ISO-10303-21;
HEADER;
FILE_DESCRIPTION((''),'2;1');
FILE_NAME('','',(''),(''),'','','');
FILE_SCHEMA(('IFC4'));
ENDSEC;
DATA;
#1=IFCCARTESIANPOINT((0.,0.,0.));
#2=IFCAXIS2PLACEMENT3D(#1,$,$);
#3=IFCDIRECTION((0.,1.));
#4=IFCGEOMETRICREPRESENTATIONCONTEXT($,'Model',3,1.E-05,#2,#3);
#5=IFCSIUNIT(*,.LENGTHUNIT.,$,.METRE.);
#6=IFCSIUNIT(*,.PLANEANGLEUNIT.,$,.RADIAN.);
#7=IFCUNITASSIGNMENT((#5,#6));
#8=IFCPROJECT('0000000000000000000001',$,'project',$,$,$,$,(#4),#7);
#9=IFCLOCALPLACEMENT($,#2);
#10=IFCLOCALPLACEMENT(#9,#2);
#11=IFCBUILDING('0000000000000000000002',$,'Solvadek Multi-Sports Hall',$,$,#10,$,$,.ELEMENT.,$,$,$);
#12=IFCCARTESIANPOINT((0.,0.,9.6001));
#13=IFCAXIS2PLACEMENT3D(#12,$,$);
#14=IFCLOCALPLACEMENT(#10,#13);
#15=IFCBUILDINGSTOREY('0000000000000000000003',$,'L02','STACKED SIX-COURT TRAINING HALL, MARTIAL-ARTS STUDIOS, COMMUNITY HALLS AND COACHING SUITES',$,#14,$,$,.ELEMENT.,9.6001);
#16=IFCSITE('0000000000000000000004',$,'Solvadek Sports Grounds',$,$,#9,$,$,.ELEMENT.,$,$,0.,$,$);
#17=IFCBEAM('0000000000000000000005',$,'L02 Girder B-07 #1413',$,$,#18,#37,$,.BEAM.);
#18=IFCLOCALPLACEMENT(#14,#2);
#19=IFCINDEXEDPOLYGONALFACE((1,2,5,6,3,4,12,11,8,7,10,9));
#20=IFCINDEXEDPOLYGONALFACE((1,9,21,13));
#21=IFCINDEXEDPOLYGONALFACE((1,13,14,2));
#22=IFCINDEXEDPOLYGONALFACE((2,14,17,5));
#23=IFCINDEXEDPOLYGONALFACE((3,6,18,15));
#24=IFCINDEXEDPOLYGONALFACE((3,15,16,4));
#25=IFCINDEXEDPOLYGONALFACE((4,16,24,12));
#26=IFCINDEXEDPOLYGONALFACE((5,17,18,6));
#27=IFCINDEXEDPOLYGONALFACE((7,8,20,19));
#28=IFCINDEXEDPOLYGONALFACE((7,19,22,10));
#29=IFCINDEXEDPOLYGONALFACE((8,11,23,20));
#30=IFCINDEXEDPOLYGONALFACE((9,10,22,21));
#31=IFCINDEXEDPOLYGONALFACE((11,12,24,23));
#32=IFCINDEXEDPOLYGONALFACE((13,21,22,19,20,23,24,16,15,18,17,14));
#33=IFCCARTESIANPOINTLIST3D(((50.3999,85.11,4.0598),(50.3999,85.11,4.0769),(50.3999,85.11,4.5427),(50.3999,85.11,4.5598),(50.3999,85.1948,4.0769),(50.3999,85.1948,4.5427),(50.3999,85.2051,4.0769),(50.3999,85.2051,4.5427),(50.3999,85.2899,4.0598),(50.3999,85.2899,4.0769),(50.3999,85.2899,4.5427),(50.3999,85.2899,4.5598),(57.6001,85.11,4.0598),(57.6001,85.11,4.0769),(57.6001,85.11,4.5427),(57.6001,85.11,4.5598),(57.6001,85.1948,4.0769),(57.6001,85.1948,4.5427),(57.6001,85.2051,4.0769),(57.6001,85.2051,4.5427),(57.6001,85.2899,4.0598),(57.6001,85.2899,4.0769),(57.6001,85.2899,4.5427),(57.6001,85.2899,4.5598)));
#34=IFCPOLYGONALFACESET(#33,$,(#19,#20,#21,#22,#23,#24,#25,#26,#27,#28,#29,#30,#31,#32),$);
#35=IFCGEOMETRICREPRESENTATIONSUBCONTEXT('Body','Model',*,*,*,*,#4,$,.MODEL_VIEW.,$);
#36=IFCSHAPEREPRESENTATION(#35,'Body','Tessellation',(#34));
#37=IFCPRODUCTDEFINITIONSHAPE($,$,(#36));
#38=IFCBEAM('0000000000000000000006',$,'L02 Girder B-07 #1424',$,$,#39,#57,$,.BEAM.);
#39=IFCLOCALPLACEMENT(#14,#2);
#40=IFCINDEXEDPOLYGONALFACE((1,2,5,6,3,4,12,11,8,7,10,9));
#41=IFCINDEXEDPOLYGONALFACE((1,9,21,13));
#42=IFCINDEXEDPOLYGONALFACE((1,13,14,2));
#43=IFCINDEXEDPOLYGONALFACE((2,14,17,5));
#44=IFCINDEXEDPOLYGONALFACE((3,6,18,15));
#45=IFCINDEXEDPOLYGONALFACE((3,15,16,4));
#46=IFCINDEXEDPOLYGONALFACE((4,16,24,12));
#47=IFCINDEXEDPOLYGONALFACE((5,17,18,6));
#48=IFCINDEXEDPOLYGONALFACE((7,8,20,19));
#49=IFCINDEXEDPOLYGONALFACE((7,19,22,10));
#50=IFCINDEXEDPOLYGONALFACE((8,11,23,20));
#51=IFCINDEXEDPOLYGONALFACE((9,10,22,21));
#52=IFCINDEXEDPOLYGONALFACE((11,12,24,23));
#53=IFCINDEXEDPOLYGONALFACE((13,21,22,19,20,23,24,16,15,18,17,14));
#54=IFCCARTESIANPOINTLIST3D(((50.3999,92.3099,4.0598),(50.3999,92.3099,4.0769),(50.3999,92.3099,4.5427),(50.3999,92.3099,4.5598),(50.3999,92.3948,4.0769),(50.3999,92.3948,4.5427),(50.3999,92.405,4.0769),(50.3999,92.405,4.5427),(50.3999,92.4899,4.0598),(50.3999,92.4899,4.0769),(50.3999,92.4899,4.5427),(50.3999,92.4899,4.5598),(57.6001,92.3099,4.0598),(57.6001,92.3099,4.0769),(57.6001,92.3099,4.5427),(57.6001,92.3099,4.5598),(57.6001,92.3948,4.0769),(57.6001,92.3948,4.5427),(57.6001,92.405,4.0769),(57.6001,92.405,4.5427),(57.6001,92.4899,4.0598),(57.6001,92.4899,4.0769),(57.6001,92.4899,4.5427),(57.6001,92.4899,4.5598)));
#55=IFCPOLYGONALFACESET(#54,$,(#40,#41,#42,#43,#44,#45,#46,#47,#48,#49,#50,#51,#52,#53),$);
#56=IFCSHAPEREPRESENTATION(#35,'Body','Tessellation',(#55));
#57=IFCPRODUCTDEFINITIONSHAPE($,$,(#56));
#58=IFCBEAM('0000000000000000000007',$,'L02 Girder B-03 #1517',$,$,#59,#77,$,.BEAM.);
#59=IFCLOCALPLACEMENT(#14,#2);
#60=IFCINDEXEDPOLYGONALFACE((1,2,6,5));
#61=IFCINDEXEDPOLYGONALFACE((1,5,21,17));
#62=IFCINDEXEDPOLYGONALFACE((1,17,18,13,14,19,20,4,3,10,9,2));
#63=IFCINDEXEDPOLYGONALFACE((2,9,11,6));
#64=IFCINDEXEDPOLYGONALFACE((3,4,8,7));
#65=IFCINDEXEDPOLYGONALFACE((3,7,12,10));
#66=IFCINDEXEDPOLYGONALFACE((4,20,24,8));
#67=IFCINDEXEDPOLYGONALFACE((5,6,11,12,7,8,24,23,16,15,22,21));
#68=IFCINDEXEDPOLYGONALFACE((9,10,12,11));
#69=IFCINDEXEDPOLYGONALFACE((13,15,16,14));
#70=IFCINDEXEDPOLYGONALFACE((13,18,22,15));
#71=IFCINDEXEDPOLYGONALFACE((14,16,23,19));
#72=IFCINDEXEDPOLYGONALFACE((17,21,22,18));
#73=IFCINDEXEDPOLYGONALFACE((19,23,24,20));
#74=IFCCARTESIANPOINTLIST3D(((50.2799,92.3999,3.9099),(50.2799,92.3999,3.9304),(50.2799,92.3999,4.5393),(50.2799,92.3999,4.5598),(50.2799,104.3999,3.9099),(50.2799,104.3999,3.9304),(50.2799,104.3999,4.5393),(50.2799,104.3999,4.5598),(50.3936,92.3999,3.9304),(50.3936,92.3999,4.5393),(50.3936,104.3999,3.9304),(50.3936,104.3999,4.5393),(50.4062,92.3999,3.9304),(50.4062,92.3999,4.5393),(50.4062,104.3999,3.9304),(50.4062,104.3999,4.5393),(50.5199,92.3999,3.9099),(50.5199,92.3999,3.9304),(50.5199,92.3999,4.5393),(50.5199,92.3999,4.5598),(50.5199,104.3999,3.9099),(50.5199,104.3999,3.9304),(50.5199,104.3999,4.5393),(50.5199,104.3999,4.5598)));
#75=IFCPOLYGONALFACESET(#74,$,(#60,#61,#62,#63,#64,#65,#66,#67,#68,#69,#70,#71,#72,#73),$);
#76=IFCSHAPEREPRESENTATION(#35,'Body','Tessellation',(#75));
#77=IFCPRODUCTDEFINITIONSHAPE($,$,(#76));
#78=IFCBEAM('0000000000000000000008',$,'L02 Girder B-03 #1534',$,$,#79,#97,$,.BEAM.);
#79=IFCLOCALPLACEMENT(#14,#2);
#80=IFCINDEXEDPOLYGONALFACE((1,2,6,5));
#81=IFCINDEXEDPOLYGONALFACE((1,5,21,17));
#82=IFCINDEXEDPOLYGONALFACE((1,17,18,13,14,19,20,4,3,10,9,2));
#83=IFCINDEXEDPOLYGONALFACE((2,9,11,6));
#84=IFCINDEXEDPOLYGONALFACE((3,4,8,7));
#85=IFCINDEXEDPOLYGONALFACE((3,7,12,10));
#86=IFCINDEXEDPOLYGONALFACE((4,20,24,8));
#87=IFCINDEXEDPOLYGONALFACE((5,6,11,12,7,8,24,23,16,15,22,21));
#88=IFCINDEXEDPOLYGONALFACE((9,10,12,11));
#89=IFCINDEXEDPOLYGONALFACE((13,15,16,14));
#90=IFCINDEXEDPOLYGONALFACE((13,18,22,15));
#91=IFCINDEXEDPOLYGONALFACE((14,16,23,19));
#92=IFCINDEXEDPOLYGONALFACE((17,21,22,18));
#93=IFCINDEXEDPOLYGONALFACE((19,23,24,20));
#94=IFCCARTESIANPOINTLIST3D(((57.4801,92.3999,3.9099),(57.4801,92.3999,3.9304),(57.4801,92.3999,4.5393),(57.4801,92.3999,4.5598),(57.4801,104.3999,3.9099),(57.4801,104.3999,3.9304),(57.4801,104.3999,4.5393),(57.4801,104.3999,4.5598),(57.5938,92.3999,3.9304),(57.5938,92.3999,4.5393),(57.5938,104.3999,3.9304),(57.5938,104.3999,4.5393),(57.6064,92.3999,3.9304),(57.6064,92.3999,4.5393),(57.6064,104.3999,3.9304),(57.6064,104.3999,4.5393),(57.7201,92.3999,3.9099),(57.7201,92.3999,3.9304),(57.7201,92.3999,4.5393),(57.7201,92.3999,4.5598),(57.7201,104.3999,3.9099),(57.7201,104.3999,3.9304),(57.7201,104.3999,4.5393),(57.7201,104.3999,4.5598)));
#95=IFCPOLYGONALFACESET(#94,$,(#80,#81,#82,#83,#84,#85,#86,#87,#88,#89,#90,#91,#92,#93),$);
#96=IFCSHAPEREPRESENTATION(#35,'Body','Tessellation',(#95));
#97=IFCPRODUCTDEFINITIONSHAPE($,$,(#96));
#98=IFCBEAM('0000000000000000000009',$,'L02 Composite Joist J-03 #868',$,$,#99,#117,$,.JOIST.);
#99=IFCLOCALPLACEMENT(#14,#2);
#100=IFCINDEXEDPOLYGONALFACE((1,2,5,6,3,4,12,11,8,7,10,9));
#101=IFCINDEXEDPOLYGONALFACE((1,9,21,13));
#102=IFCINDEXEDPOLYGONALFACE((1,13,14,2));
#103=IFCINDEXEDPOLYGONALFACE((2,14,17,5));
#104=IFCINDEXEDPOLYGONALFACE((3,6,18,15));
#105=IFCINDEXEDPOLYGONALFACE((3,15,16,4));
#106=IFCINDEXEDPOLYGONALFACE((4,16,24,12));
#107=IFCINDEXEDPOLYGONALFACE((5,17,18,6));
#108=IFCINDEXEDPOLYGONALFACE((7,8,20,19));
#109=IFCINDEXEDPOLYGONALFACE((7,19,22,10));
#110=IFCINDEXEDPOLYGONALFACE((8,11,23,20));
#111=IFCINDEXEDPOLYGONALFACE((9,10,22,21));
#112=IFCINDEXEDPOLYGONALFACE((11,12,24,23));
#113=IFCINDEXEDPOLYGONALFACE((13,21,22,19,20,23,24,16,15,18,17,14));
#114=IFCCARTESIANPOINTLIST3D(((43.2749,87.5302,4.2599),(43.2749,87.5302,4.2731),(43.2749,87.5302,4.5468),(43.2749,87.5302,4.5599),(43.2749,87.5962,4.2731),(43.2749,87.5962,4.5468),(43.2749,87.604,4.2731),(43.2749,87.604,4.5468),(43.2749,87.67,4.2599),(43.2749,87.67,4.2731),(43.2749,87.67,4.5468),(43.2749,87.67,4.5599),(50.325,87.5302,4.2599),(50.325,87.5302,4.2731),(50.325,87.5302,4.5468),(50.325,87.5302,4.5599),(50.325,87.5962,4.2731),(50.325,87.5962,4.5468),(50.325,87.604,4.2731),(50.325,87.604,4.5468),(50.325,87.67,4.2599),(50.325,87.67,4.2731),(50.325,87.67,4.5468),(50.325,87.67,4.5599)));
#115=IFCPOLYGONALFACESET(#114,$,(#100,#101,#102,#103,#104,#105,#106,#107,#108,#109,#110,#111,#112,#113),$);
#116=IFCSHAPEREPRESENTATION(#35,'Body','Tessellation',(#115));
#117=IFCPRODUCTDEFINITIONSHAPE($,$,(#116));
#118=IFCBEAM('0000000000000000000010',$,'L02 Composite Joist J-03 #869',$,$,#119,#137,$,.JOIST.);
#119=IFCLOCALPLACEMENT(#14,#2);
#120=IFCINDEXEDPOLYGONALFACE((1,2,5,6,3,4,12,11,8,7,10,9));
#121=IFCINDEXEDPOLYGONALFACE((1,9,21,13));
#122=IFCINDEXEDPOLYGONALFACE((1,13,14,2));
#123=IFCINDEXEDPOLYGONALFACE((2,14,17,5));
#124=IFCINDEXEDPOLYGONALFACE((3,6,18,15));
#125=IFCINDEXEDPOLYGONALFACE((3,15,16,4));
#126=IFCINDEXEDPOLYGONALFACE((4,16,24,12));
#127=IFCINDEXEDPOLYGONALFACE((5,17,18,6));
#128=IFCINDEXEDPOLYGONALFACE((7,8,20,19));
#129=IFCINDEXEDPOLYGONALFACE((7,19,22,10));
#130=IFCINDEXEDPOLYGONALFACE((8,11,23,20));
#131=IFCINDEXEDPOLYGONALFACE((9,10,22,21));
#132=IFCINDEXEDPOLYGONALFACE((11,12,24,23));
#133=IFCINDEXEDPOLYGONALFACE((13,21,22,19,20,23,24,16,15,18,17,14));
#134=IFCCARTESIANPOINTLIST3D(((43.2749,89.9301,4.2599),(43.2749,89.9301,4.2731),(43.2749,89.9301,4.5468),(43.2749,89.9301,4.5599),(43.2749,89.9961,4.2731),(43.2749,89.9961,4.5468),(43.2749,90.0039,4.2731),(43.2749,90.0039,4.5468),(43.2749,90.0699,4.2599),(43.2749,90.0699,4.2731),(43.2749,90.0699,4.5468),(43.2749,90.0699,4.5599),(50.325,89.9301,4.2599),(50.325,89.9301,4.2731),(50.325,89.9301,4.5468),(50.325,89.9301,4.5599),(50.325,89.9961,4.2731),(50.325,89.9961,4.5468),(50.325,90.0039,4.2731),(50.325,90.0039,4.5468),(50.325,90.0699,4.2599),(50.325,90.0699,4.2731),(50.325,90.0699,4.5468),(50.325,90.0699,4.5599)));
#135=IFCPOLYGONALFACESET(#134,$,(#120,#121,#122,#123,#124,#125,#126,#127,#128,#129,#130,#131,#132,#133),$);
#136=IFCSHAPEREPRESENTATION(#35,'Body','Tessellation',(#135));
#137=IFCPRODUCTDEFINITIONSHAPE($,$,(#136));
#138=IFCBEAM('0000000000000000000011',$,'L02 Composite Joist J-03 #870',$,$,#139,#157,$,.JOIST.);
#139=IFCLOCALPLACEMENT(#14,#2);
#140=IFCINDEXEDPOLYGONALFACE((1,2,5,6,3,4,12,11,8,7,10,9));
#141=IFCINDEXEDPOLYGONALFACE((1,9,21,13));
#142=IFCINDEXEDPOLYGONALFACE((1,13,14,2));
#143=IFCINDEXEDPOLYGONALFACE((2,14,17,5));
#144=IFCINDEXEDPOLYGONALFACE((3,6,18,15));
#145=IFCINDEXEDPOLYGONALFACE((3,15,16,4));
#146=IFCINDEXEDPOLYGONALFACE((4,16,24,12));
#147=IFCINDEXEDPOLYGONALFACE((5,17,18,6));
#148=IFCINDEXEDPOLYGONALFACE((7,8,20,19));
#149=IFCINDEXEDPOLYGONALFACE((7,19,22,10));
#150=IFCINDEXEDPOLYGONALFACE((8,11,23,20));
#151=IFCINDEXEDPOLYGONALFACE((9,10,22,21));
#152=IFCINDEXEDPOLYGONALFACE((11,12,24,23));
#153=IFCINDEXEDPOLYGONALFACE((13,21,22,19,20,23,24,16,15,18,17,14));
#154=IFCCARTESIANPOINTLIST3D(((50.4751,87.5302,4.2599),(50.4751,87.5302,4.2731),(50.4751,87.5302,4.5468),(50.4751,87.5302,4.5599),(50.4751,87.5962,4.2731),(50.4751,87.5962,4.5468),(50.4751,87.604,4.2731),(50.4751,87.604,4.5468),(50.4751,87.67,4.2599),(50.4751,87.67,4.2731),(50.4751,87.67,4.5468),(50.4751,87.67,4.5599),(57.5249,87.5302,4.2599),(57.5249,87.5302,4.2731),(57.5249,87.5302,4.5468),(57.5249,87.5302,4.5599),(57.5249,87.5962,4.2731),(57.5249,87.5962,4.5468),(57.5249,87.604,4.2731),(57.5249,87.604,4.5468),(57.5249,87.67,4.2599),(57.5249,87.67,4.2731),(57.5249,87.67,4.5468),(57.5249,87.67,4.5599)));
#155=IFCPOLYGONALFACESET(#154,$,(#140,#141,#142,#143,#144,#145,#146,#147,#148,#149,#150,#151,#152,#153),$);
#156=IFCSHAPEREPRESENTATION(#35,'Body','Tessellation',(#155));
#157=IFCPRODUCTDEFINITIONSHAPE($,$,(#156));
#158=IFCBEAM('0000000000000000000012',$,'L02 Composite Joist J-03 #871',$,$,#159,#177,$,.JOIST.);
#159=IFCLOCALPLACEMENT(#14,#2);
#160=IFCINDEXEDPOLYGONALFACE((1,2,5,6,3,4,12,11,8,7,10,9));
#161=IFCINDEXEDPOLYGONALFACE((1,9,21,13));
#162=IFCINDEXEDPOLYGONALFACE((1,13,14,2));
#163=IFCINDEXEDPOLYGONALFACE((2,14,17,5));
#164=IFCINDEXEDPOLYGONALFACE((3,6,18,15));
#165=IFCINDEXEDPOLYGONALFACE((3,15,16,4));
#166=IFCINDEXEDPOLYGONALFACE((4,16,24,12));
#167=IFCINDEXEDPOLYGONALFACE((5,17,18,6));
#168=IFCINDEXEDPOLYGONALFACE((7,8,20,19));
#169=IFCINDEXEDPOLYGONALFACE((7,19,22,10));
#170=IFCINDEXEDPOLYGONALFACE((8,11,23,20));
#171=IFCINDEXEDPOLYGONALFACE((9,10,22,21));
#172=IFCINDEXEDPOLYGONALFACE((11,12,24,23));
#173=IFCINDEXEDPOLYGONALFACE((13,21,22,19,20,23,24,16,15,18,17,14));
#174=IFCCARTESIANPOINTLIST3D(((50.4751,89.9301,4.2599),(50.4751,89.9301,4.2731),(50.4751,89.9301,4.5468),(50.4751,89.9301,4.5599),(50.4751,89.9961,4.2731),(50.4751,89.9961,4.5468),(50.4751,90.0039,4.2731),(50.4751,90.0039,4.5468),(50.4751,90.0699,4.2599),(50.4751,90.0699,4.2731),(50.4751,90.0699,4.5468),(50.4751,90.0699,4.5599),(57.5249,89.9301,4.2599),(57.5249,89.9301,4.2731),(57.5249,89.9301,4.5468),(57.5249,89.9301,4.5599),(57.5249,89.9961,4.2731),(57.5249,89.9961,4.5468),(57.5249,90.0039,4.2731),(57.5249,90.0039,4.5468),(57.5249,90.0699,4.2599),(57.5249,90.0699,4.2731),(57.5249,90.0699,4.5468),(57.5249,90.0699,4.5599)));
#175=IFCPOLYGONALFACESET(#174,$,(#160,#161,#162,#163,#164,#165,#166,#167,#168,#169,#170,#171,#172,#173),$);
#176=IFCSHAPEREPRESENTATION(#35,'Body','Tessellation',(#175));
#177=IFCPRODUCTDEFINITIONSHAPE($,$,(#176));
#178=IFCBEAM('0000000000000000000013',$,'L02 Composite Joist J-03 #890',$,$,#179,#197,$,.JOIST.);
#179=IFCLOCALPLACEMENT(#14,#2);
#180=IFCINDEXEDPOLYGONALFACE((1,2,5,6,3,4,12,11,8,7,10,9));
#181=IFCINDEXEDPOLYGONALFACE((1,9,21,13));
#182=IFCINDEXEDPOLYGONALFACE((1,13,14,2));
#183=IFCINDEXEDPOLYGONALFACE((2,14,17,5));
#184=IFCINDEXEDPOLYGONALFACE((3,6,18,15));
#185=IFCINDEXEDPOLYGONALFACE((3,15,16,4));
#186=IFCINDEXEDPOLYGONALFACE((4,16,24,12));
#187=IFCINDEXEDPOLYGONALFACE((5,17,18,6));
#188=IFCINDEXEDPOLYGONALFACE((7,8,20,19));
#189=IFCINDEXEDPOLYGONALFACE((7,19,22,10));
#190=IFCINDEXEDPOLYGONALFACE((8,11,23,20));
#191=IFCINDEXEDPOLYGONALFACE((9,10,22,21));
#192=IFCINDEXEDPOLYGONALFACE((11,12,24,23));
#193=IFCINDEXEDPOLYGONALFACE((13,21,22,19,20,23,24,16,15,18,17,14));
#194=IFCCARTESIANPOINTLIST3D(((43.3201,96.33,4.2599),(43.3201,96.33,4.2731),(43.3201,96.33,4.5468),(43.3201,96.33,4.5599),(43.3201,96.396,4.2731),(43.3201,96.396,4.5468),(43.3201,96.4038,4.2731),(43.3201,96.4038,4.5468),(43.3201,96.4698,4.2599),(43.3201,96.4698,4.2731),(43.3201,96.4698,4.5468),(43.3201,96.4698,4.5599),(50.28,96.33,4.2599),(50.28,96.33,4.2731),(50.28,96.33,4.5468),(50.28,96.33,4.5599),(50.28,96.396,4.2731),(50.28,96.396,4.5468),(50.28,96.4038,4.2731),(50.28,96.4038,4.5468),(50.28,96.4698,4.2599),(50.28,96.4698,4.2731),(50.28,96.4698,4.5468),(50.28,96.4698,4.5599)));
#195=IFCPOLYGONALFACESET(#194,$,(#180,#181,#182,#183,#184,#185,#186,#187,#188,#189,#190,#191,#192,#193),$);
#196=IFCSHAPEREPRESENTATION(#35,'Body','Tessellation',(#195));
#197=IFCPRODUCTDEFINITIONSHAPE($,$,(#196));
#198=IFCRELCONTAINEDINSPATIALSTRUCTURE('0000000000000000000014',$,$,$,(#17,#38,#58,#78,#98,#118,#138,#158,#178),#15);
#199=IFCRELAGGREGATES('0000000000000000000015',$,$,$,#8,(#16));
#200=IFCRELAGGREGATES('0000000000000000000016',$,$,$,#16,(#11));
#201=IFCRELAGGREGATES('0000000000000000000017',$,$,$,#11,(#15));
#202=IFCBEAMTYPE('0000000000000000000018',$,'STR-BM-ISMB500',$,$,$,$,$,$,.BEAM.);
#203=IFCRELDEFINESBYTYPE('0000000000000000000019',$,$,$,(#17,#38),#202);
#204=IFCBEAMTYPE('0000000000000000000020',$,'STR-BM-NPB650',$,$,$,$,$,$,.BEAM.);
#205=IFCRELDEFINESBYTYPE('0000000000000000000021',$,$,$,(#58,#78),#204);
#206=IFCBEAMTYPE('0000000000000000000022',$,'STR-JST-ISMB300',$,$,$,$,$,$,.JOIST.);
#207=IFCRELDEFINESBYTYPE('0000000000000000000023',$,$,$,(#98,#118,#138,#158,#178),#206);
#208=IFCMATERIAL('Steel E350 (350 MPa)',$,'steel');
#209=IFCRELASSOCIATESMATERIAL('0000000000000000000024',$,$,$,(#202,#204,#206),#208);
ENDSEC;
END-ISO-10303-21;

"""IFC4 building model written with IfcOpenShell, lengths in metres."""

from ifc_helpers import new_model, si_unit, direction, frame, origin, origin_2d, place, context, subcontext, project, spatial, i_section, extrude, material, material_profile, profile_set, type_object, element, save


model = new_model("IFC4")

# Units and contexts
model_context = context("Model", 3, precision=1e-05, world=origin(), true_north=direction((0.0, 1.0)))
body_context = subcontext(model_context, "Body", "Model", "MODEL_VIEW")
ifc_project = project(units=[si_unit("LENGTHUNIT", "METRE"), si_unit("PLANEANGLEUNIT", "RADIAN")], contexts=[model_context])

# Site, building, storey
site_placement = place(None, origin())
site = spatial("IfcSite", under=ifc_project, at=site_placement, Name="Solvadek Sports Grounds", CompositionType="ELEMENT", RefElevation=0.0)
building_placement = place(site_placement, origin())
building = spatial("IfcBuilding", under=site, at=building_placement, Name="Solvadek Multi-Sports Hall", CompositionType="ELEMENT")
storey_placement = place(building_placement, frame((0.0, 0.0, 9.6001)))
storey = spatial("IfcBuildingStorey", under=building, at=storey_placement, Name="L02", Description="STACKED SIX-COURT TRAINING HALL, MARTIAL-ARTS STUDIOS, COMMUNITY HALLS AND COACHING SUITES", CompositionType="ELEMENT", Elevation=9.6001)

# Shared definitions
ifc_material_1 = material(Name="Steel E350 (350 MPa)", Category="steel")

# Beams
ifc_material_profile_1 = material_profile(ifc_material_1, i_section(OverallWidth=0.1799, OverallDepth=0.5, WebThickness=0.0103, FlangeThickness=0.0171, at=origin_2d()), Name="ISMB 500")
ifc_profile_set_1 = profile_set([ifc_material_profile_1], Name="Steel E350 (350 MPa)")
beam_type_1 = type_object("IfcBeamType", Name="STR-BM-ISMB500", PredefinedType="BEAM", material=ifc_profile_set_1)
for number, where, z_axis, x_axis, name in (
    (1, (50.3999, 85.2, 4.3098), (1.0, 0.0, 0.0), (0.0, 1.0, 0.0), "L02 Girder B-07 #1413"),
    (2, (50.3999, 92.3999, 4.3098), (1.0, 0.0, 0.0), (0.0, 1.0, 0.0), "L02 Girder B-07 #1424"),
):
    element("IfcBeam", number, at=place(storey_placement, frame(where, z_axis=z_axis, x_axis=x_axis)), inside=storey, type_object=beam_type_1, Name=name, PredefinedType="BEAM", context=body_context, shape_type="SweptSolid", body=[
        extrude(i_section(OverallWidth=0.1799, OverallDepth=0.5, WebThickness=0.0103, FlangeThickness=0.0171, at=origin_2d()), origin(), (0.0, 0.0, 1.0), 7.2002),
    ])
ifc_material_profile_2 = material_profile(ifc_material_1, i_section(OverallWidth=0.24, OverallDepth=0.6499, WebThickness=0.0127, FlangeThickness=0.0205, at=origin_2d()), Name="NPB 650")
ifc_profile_set_2 = profile_set([ifc_material_profile_2], Name="Steel E350 (350 MPa)")
beam_type_2 = type_object("IfcBeamType", Name="STR-BM-NPB650", PredefinedType="BEAM", material=ifc_profile_set_2)
for number, where, z_axis, x_axis, name in (
    (3, (50.3999, 92.3999, 4.2349), (0.0, 1.0, 0.0), (-1.0, 0.0, 0.0), "L02 Girder B-03 #1517"),
    (4, (57.6001, 92.3999, 4.2349), (0.0, 1.0, 0.0), (-1.0, 0.0, 0.0), "L02 Girder B-03 #1534"),
):
    element("IfcBeam", number, at=place(storey_placement, frame(where, z_axis=z_axis, x_axis=x_axis)), inside=storey, type_object=beam_type_2, Name=name, PredefinedType="BEAM", context=body_context, shape_type="SweptSolid", body=[
        extrude(i_section(OverallWidth=0.24, OverallDepth=0.6499, WebThickness=0.0127, FlangeThickness=0.0205, at=origin_2d()), origin(), (0.0, 0.0, 1.0), 12.0),
    ])
ifc_material_profile_3 = material_profile(ifc_material_1, i_section(OverallWidth=0.1399, OverallDepth=0.3, WebThickness=0.0078, FlangeThickness=0.0132, at=origin_2d()), Name="ISMB 300")
ifc_profile_set_3 = profile_set([ifc_material_profile_3], Name="Steel E350 (350 MPa)")
beam_type_3 = type_object("IfcBeamType", Name="STR-JST-ISMB300", PredefinedType="JOIST", material=ifc_profile_set_3)
for number, where, z_axis, x_axis, name in (
    (5, (43.2749, 87.6001, 4.4099), (1.0, 0.0, 0.0), (0.0, 1.0, 0.0), "L02 Composite Joist J-03 #868"),
    (6, (43.2749, 90.0, 4.4099), (1.0, 0.0, 0.0), (0.0, 1.0, 0.0), "L02 Composite Joist J-03 #869"),
):
    element("IfcBeam", number, at=place(storey_placement, frame(where, z_axis=z_axis, x_axis=x_axis)), inside=storey, type_object=beam_type_3, Name=name, PredefinedType="JOIST", context=body_context, shape_type="SweptSolid", body=[
        extrude(i_section(OverallWidth=0.1399, OverallDepth=0.3, WebThickness=0.0078, FlangeThickness=0.0132, at=origin_2d()), origin(), (0.0, 0.0, 1.0), 7.05),
    ])
for number, where, z_axis, x_axis, name in (
    (7, (50.4751, 87.6001, 4.4099), (1.0, 0.0, 0.0), (0.0, 1.0, 0.0), "L02 Composite Joist J-03 #870"),
    (8, (50.4751, 90.0, 4.4099), (1.0, 0.0, 0.0), (0.0, 1.0, 0.0), "L02 Composite Joist J-03 #871"),
):
    element("IfcBeam", number, at=place(storey_placement, frame(where, z_axis=z_axis, x_axis=x_axis)), inside=storey, type_object=beam_type_3, Name=name, PredefinedType="JOIST", context=body_context, shape_type="SweptSolid", body=[
        extrude(i_section(OverallWidth=0.1399, OverallDepth=0.3, WebThickness=0.0078, FlangeThickness=0.0132, at=origin_2d()), origin(), (0.0, 0.0, 1.0), 7.0498),
    ])
for number, where, z_axis, x_axis, name in (
    (9, (43.3201, 96.3999, 4.4099), (1.0, 0.0, 0.0), (0.0, 1.0, 0.0), "L02 Composite Joist J-03 #890"),
):
    element("IfcBeam", number, at=place(storey_placement, frame(where, z_axis=z_axis, x_axis=x_axis)), inside=storey, type_object=beam_type_3, Name=name, PredefinedType="JOIST", context=body_context, shape_type="SweptSolid", body=[
        extrude(i_section(OverallWidth=0.1399, OverallDepth=0.3, WebThickness=0.0078, FlangeThickness=0.0132, at=origin_2d()), origin(), (0.0, 0.0, 1.0), 6.96),
    ])

save(model, "model.ifc")
